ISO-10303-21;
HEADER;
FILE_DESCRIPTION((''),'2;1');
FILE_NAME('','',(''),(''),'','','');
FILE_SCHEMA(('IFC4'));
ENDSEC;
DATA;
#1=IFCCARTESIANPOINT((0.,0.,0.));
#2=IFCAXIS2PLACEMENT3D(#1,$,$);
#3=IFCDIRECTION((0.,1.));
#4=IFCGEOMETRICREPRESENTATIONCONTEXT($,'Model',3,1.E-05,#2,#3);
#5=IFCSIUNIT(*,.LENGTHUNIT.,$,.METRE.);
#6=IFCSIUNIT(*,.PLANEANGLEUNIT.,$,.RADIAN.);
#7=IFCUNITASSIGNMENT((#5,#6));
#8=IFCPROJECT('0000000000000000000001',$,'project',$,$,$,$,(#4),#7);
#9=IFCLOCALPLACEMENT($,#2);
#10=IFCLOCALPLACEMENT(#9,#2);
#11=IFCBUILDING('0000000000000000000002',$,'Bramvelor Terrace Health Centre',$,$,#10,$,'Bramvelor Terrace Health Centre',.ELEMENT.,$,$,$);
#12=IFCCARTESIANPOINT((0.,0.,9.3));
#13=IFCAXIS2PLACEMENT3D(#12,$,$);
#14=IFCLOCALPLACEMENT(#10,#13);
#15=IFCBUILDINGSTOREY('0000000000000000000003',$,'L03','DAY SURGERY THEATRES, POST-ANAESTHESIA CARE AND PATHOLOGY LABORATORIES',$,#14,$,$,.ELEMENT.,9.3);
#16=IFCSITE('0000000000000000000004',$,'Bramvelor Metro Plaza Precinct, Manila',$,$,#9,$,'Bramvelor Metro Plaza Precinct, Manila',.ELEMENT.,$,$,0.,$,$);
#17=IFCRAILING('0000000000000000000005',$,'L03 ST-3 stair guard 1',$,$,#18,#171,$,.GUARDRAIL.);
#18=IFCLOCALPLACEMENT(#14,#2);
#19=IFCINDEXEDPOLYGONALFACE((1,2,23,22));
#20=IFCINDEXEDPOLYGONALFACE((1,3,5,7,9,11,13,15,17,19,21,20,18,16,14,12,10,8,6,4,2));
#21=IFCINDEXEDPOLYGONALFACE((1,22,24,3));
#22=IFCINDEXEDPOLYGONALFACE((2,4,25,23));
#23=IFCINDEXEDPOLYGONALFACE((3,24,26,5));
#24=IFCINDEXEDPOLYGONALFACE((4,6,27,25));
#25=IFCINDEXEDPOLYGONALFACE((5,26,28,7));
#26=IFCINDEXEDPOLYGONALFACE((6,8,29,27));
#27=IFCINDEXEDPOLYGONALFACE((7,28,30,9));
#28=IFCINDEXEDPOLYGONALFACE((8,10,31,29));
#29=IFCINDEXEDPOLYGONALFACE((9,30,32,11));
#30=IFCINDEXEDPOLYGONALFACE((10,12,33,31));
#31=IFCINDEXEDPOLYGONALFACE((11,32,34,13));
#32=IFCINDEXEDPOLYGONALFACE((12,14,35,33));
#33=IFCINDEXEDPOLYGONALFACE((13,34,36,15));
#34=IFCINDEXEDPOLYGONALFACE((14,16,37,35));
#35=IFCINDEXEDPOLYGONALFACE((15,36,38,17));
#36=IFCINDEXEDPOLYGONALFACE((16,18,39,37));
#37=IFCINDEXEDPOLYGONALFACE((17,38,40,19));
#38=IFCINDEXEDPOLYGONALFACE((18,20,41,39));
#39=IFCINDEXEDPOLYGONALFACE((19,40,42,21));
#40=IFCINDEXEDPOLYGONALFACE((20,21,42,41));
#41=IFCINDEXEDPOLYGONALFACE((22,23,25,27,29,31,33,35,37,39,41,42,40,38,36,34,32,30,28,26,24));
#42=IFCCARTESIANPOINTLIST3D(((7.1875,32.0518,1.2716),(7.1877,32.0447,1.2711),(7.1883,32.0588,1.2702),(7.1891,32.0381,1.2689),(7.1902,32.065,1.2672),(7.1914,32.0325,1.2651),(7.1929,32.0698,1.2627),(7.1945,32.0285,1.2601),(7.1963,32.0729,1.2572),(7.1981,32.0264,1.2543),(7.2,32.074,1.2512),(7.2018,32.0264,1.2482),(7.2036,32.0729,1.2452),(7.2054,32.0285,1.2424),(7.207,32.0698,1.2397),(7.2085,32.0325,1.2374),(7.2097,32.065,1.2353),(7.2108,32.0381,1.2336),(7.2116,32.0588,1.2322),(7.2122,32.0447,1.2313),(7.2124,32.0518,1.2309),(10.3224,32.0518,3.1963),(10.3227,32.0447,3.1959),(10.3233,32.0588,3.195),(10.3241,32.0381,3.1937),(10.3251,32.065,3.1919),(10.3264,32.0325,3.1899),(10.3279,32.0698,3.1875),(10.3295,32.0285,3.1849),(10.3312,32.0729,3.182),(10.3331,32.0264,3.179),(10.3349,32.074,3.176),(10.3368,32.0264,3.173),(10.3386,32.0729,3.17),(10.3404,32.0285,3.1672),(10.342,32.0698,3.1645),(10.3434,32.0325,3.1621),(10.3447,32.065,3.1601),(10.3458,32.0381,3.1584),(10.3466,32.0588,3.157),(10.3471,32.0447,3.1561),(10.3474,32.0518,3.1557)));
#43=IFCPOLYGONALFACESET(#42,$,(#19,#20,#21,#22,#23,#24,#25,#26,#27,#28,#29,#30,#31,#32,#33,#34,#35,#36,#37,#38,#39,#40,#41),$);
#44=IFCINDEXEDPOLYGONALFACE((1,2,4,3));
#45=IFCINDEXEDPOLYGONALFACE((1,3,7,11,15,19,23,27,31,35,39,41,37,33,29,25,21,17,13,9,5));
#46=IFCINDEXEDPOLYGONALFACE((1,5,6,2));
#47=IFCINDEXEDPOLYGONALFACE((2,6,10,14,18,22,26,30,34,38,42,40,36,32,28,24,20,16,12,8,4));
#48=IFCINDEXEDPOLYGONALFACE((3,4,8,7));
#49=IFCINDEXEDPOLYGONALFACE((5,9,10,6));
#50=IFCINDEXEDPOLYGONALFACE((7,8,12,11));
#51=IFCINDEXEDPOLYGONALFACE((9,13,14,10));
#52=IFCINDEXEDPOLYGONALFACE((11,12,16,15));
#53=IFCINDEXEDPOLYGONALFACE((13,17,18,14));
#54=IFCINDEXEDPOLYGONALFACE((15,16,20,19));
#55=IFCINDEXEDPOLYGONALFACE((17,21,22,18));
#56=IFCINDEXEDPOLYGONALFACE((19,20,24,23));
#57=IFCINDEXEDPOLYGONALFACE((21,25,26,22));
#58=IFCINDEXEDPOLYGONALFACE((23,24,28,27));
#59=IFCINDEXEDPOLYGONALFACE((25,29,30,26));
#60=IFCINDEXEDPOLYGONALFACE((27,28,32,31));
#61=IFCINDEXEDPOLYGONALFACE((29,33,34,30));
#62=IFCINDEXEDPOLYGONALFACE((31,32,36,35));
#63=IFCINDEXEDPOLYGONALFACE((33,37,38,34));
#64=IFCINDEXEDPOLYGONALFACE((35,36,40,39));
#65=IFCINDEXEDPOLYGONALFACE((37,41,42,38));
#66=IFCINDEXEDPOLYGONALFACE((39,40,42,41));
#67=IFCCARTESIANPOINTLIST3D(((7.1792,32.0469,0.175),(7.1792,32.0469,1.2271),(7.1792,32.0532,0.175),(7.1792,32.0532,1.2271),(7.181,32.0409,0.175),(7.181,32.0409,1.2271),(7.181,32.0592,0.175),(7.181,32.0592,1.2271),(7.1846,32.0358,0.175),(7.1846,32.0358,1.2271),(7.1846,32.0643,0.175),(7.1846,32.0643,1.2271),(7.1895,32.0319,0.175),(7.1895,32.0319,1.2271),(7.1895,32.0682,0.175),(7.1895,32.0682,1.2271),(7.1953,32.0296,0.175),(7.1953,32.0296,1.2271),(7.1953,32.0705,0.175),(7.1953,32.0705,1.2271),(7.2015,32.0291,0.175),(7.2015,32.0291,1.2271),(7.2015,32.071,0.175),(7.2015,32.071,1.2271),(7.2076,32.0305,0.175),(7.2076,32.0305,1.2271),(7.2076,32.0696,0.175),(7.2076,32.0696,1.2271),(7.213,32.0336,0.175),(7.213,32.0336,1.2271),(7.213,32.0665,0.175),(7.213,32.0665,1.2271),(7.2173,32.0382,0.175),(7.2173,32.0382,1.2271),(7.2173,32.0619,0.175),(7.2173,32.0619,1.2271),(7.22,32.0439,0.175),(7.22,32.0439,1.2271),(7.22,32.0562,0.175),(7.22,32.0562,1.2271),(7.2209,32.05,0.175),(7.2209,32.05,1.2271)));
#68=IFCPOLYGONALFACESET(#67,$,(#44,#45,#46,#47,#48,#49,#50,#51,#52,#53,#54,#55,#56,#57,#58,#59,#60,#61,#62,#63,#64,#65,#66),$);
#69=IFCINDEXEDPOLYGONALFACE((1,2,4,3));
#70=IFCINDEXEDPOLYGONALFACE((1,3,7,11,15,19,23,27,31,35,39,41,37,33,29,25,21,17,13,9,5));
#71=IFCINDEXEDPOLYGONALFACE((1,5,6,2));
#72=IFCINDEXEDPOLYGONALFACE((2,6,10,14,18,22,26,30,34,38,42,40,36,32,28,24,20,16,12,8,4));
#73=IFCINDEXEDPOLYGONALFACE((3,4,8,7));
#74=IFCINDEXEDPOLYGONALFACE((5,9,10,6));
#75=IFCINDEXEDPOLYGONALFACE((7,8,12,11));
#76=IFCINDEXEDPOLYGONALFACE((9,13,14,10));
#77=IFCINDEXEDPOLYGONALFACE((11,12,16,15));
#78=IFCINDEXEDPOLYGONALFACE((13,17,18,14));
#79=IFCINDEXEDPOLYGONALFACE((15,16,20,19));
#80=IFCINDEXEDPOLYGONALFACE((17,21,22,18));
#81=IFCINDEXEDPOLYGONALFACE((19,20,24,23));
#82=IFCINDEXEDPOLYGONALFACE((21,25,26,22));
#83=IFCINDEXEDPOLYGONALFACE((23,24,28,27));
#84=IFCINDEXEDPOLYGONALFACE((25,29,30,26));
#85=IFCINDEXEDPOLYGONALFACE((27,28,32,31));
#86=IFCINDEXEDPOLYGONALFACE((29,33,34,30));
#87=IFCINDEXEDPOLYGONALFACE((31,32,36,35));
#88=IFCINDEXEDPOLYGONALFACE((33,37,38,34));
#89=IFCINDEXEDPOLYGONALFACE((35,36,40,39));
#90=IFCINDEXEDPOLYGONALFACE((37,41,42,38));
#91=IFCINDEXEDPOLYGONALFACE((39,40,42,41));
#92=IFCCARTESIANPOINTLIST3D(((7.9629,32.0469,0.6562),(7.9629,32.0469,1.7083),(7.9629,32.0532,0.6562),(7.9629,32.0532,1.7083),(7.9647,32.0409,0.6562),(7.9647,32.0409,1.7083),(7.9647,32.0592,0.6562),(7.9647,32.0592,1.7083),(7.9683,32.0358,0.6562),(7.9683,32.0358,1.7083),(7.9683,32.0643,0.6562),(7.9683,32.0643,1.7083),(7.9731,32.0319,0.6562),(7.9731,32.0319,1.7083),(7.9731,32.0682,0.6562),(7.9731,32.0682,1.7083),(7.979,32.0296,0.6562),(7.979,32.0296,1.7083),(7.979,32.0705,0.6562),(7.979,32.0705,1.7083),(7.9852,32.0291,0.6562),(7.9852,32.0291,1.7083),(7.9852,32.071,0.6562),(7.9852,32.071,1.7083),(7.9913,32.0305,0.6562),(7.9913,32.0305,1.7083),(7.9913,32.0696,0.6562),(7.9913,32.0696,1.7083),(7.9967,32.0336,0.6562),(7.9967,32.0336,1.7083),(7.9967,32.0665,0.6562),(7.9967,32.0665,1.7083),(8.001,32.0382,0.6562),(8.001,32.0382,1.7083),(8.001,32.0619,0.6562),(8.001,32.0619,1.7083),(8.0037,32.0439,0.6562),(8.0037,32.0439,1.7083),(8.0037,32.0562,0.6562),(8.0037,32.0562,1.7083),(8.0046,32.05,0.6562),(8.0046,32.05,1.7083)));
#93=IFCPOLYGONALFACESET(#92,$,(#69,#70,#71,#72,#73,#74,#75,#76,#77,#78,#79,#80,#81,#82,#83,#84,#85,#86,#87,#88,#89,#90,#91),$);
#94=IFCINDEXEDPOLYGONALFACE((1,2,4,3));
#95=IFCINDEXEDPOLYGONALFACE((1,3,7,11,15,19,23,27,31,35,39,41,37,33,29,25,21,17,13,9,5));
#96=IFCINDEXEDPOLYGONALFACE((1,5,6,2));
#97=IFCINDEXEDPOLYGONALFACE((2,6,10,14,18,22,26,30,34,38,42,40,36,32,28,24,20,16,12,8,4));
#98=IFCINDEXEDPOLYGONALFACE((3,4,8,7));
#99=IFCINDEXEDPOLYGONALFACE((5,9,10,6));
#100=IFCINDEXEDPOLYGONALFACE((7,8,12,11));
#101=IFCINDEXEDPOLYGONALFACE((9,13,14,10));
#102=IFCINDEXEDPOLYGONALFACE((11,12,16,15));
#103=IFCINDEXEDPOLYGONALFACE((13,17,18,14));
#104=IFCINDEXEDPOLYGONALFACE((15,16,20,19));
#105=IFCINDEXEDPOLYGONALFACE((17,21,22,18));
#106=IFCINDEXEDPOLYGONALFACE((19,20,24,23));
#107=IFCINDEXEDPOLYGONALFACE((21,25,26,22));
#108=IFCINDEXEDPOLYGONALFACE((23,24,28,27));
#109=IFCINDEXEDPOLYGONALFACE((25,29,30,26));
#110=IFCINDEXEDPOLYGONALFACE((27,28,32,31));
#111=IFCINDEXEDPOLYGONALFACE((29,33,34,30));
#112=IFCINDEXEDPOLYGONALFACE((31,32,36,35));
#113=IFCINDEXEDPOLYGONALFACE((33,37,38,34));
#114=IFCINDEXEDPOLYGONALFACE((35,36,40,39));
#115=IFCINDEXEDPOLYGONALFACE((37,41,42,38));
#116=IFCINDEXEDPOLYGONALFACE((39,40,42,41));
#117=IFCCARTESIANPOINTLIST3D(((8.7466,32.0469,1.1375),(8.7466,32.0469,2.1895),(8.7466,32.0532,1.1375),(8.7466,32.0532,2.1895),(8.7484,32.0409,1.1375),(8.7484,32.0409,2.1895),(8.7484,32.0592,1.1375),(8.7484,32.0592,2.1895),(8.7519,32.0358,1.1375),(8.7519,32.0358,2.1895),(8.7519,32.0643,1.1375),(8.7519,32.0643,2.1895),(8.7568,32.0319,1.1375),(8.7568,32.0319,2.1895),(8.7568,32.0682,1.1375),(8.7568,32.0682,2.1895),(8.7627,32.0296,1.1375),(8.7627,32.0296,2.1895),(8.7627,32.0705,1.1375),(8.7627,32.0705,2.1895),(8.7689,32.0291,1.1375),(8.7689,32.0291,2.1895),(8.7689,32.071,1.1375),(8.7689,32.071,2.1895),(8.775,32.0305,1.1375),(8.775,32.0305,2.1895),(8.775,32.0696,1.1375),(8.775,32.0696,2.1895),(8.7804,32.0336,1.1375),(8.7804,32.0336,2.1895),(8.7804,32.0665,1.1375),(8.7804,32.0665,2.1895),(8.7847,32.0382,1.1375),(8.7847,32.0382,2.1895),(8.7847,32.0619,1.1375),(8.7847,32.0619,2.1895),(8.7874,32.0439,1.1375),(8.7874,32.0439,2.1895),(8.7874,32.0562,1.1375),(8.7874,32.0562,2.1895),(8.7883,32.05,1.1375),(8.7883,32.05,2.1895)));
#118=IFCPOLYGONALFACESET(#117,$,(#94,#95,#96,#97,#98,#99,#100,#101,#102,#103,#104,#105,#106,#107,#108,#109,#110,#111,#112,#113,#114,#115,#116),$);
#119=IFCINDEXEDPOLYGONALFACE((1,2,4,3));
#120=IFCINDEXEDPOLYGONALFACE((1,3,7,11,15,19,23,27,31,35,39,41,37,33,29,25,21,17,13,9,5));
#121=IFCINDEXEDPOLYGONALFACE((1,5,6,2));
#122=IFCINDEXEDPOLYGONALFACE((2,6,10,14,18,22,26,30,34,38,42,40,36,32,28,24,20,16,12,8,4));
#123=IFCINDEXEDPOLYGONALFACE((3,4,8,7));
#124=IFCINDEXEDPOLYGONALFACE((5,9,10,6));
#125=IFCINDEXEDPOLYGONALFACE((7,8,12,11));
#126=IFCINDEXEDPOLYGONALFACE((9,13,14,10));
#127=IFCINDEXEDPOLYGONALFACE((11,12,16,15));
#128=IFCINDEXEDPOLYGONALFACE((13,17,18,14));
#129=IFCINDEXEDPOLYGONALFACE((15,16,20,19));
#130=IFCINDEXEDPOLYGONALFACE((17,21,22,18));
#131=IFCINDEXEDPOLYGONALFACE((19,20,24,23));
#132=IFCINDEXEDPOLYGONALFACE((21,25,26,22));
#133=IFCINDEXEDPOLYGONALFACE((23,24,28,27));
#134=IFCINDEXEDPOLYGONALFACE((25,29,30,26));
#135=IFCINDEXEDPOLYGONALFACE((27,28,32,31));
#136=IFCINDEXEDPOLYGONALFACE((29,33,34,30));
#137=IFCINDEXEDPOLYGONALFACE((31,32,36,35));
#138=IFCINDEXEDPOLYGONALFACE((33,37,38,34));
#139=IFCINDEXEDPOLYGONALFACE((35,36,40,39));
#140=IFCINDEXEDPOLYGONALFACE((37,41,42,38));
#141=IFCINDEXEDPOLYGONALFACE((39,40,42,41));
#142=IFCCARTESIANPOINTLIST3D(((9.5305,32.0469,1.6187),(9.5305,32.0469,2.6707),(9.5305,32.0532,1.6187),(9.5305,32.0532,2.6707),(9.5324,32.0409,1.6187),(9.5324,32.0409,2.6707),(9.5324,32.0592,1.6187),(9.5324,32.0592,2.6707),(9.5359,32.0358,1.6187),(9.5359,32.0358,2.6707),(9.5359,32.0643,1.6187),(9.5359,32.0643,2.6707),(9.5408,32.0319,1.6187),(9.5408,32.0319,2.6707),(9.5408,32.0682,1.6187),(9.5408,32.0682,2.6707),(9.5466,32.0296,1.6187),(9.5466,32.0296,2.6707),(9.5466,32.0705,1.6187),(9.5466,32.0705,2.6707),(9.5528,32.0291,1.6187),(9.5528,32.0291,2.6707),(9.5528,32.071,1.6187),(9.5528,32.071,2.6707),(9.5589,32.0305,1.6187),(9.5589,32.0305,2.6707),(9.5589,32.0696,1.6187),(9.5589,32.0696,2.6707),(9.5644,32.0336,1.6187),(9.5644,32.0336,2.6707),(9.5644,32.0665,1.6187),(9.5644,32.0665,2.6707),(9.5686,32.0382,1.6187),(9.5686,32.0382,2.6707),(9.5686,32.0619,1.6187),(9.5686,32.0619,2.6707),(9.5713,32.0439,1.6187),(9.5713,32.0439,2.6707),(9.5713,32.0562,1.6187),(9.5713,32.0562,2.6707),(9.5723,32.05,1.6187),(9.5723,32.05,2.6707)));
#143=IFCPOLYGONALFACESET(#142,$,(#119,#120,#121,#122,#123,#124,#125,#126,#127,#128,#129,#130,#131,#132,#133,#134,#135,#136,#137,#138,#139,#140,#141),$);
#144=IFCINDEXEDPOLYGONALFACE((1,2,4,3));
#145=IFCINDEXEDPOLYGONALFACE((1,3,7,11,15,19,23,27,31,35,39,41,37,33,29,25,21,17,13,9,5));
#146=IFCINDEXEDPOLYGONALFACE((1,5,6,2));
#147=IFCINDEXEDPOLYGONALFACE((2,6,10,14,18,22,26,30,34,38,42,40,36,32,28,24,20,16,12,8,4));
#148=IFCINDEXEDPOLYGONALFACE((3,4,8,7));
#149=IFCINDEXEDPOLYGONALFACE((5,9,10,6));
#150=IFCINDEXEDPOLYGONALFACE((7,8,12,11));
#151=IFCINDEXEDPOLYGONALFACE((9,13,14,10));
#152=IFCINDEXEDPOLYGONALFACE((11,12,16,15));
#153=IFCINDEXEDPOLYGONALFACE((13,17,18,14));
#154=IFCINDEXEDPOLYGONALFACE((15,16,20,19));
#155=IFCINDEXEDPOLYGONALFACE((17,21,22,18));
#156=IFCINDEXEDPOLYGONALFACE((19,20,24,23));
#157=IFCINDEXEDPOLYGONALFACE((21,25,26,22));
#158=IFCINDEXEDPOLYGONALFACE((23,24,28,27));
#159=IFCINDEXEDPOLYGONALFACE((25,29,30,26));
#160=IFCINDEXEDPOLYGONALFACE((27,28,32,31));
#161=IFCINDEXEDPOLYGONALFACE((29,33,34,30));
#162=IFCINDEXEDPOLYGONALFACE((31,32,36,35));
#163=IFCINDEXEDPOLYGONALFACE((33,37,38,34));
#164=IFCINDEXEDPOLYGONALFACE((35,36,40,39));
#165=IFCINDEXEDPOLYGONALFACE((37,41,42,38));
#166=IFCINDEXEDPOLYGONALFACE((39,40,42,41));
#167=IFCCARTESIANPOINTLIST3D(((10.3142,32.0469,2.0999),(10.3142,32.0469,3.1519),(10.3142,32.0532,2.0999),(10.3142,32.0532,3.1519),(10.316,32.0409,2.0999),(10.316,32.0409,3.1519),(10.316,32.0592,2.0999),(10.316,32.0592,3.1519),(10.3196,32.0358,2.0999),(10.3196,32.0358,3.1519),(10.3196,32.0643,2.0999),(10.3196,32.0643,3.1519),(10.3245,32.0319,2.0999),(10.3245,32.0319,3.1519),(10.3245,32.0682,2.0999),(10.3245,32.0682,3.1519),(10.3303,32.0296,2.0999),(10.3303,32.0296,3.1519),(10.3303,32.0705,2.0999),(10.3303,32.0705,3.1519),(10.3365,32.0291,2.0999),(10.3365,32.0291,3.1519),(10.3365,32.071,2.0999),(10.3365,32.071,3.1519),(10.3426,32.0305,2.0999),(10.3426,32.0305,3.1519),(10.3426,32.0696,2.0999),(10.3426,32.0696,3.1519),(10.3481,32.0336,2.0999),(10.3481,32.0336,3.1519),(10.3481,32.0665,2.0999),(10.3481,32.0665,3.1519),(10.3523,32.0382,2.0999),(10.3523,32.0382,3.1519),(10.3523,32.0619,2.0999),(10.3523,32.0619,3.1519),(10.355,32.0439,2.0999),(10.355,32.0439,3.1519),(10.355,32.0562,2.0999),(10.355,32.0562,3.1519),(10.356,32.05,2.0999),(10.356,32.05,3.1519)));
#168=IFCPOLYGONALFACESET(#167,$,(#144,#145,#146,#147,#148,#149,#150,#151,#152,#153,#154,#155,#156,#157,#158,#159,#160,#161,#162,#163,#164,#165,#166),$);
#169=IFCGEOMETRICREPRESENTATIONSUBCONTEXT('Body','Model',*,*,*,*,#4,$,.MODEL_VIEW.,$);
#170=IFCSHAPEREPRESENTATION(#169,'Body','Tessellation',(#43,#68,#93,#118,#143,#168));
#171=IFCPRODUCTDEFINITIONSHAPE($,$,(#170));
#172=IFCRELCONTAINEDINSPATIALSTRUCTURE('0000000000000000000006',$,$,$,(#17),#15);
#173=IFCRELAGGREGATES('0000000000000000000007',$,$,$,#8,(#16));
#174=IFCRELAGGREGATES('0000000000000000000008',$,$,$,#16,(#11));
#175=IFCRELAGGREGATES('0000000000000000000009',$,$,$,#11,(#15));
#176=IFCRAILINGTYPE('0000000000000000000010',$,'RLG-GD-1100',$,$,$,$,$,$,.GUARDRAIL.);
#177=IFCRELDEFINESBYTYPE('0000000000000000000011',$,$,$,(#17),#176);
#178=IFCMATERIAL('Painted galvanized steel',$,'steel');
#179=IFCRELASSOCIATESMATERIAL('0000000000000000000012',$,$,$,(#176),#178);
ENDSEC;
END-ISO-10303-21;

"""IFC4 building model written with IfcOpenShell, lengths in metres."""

from ifc_helpers import new_model, si_unit, direction, frame, origin, origin_2d, place, context, subcontext, project, spatial, circle, extrude, material, type_object, element, save


model = new_model("IFC4")

# Units and contexts
model_context = context("Model", 3, precision=1e-05, world=origin(), true_north=direction((0.0, 1.0)))
body_context = subcontext(model_context, "Body", "Model", "MODEL_VIEW")
ifc_project = project(units=[si_unit("LENGTHUNIT", "METRE"), si_unit("PLANEANGLEUNIT", "RADIAN")], contexts=[model_context])

# Site, building, storey
site_placement = place(None, origin())
site = spatial("IfcSite", under=ifc_project, at=site_placement, Name="Bramvelor Metro Plaza Precinct, Manila", LongName="Bramvelor Metro Plaza Precinct, Manila", CompositionType="ELEMENT", RefElevation=0.0)
building_placement = place(site_placement, origin())
building = spatial("IfcBuilding", under=site, at=building_placement, Name="Bramvelor Terrace Health Centre", LongName="Bramvelor Terrace Health Centre", CompositionType="ELEMENT")
storey_placement = place(building_placement, frame((0.0, 0.0, 9.3)))
storey = spatial("IfcBuildingStorey", under=building, at=storey_placement, Name="L03", Description="DAY SURGERY THEATRES, POST-ANAESTHESIA CARE AND PATHOLOGY LABORATORIES", CompositionType="ELEMENT", Elevation=9.3)

# Railing
ifc_material_1 = material(Name="Painted galvanized steel", Category="steel")
railing_type_1 = type_object("IfcRailingType", Name="RLG-GD-1100", PredefinedType="GUARDRAIL", material=ifc_material_1)
railing_1_placement = place(storey_placement, frame((7.2, 32.05, 0.175)))
element("IfcRailing", 1, at=railing_1_placement, inside=storey, type_object=railing_type_1, Name="L03 ST-3 stair guard 1", PredefinedType="GUARDRAIL", context=body_context, shape_type="SweptSolid", body=[
    extrude(circle(Radius=0.0239, at=origin_2d()), frame((0.0, 0.0, 1.0762), z_axis=(0.852196, 0.0, 0.523223), x_axis=(0.0, 1.0, 0.0)), (0.0, 0.0, 1.0), 3.6787),
    extrude(circle(Radius=0.021, at=origin_2d()), origin(), (0.0, 0.0, 1.0), 1.052),
    extrude(circle(Radius=0.021, at=origin_2d()), frame((0.7837, 0.0, 0.4812)), (0.0, 0.0, 1.0), 1.052),
    extrude(circle(Radius=0.021, at=origin_2d()), frame((1.5674, 0.0, 0.9624)), (0.0, 0.0, 1.0), 1.052),
    extrude(circle(Radius=0.021, at=origin_2d()), frame((2.3513, 0.0, 1.4436)), (0.0, 0.0, 1.0), 1.052),
    extrude(circle(Radius=0.021, at=origin_2d()), frame((3.135, 0.0, 1.9248)), (0.0, 0.0, 1.0), 1.052),
])

save(model, "model.ifc")
